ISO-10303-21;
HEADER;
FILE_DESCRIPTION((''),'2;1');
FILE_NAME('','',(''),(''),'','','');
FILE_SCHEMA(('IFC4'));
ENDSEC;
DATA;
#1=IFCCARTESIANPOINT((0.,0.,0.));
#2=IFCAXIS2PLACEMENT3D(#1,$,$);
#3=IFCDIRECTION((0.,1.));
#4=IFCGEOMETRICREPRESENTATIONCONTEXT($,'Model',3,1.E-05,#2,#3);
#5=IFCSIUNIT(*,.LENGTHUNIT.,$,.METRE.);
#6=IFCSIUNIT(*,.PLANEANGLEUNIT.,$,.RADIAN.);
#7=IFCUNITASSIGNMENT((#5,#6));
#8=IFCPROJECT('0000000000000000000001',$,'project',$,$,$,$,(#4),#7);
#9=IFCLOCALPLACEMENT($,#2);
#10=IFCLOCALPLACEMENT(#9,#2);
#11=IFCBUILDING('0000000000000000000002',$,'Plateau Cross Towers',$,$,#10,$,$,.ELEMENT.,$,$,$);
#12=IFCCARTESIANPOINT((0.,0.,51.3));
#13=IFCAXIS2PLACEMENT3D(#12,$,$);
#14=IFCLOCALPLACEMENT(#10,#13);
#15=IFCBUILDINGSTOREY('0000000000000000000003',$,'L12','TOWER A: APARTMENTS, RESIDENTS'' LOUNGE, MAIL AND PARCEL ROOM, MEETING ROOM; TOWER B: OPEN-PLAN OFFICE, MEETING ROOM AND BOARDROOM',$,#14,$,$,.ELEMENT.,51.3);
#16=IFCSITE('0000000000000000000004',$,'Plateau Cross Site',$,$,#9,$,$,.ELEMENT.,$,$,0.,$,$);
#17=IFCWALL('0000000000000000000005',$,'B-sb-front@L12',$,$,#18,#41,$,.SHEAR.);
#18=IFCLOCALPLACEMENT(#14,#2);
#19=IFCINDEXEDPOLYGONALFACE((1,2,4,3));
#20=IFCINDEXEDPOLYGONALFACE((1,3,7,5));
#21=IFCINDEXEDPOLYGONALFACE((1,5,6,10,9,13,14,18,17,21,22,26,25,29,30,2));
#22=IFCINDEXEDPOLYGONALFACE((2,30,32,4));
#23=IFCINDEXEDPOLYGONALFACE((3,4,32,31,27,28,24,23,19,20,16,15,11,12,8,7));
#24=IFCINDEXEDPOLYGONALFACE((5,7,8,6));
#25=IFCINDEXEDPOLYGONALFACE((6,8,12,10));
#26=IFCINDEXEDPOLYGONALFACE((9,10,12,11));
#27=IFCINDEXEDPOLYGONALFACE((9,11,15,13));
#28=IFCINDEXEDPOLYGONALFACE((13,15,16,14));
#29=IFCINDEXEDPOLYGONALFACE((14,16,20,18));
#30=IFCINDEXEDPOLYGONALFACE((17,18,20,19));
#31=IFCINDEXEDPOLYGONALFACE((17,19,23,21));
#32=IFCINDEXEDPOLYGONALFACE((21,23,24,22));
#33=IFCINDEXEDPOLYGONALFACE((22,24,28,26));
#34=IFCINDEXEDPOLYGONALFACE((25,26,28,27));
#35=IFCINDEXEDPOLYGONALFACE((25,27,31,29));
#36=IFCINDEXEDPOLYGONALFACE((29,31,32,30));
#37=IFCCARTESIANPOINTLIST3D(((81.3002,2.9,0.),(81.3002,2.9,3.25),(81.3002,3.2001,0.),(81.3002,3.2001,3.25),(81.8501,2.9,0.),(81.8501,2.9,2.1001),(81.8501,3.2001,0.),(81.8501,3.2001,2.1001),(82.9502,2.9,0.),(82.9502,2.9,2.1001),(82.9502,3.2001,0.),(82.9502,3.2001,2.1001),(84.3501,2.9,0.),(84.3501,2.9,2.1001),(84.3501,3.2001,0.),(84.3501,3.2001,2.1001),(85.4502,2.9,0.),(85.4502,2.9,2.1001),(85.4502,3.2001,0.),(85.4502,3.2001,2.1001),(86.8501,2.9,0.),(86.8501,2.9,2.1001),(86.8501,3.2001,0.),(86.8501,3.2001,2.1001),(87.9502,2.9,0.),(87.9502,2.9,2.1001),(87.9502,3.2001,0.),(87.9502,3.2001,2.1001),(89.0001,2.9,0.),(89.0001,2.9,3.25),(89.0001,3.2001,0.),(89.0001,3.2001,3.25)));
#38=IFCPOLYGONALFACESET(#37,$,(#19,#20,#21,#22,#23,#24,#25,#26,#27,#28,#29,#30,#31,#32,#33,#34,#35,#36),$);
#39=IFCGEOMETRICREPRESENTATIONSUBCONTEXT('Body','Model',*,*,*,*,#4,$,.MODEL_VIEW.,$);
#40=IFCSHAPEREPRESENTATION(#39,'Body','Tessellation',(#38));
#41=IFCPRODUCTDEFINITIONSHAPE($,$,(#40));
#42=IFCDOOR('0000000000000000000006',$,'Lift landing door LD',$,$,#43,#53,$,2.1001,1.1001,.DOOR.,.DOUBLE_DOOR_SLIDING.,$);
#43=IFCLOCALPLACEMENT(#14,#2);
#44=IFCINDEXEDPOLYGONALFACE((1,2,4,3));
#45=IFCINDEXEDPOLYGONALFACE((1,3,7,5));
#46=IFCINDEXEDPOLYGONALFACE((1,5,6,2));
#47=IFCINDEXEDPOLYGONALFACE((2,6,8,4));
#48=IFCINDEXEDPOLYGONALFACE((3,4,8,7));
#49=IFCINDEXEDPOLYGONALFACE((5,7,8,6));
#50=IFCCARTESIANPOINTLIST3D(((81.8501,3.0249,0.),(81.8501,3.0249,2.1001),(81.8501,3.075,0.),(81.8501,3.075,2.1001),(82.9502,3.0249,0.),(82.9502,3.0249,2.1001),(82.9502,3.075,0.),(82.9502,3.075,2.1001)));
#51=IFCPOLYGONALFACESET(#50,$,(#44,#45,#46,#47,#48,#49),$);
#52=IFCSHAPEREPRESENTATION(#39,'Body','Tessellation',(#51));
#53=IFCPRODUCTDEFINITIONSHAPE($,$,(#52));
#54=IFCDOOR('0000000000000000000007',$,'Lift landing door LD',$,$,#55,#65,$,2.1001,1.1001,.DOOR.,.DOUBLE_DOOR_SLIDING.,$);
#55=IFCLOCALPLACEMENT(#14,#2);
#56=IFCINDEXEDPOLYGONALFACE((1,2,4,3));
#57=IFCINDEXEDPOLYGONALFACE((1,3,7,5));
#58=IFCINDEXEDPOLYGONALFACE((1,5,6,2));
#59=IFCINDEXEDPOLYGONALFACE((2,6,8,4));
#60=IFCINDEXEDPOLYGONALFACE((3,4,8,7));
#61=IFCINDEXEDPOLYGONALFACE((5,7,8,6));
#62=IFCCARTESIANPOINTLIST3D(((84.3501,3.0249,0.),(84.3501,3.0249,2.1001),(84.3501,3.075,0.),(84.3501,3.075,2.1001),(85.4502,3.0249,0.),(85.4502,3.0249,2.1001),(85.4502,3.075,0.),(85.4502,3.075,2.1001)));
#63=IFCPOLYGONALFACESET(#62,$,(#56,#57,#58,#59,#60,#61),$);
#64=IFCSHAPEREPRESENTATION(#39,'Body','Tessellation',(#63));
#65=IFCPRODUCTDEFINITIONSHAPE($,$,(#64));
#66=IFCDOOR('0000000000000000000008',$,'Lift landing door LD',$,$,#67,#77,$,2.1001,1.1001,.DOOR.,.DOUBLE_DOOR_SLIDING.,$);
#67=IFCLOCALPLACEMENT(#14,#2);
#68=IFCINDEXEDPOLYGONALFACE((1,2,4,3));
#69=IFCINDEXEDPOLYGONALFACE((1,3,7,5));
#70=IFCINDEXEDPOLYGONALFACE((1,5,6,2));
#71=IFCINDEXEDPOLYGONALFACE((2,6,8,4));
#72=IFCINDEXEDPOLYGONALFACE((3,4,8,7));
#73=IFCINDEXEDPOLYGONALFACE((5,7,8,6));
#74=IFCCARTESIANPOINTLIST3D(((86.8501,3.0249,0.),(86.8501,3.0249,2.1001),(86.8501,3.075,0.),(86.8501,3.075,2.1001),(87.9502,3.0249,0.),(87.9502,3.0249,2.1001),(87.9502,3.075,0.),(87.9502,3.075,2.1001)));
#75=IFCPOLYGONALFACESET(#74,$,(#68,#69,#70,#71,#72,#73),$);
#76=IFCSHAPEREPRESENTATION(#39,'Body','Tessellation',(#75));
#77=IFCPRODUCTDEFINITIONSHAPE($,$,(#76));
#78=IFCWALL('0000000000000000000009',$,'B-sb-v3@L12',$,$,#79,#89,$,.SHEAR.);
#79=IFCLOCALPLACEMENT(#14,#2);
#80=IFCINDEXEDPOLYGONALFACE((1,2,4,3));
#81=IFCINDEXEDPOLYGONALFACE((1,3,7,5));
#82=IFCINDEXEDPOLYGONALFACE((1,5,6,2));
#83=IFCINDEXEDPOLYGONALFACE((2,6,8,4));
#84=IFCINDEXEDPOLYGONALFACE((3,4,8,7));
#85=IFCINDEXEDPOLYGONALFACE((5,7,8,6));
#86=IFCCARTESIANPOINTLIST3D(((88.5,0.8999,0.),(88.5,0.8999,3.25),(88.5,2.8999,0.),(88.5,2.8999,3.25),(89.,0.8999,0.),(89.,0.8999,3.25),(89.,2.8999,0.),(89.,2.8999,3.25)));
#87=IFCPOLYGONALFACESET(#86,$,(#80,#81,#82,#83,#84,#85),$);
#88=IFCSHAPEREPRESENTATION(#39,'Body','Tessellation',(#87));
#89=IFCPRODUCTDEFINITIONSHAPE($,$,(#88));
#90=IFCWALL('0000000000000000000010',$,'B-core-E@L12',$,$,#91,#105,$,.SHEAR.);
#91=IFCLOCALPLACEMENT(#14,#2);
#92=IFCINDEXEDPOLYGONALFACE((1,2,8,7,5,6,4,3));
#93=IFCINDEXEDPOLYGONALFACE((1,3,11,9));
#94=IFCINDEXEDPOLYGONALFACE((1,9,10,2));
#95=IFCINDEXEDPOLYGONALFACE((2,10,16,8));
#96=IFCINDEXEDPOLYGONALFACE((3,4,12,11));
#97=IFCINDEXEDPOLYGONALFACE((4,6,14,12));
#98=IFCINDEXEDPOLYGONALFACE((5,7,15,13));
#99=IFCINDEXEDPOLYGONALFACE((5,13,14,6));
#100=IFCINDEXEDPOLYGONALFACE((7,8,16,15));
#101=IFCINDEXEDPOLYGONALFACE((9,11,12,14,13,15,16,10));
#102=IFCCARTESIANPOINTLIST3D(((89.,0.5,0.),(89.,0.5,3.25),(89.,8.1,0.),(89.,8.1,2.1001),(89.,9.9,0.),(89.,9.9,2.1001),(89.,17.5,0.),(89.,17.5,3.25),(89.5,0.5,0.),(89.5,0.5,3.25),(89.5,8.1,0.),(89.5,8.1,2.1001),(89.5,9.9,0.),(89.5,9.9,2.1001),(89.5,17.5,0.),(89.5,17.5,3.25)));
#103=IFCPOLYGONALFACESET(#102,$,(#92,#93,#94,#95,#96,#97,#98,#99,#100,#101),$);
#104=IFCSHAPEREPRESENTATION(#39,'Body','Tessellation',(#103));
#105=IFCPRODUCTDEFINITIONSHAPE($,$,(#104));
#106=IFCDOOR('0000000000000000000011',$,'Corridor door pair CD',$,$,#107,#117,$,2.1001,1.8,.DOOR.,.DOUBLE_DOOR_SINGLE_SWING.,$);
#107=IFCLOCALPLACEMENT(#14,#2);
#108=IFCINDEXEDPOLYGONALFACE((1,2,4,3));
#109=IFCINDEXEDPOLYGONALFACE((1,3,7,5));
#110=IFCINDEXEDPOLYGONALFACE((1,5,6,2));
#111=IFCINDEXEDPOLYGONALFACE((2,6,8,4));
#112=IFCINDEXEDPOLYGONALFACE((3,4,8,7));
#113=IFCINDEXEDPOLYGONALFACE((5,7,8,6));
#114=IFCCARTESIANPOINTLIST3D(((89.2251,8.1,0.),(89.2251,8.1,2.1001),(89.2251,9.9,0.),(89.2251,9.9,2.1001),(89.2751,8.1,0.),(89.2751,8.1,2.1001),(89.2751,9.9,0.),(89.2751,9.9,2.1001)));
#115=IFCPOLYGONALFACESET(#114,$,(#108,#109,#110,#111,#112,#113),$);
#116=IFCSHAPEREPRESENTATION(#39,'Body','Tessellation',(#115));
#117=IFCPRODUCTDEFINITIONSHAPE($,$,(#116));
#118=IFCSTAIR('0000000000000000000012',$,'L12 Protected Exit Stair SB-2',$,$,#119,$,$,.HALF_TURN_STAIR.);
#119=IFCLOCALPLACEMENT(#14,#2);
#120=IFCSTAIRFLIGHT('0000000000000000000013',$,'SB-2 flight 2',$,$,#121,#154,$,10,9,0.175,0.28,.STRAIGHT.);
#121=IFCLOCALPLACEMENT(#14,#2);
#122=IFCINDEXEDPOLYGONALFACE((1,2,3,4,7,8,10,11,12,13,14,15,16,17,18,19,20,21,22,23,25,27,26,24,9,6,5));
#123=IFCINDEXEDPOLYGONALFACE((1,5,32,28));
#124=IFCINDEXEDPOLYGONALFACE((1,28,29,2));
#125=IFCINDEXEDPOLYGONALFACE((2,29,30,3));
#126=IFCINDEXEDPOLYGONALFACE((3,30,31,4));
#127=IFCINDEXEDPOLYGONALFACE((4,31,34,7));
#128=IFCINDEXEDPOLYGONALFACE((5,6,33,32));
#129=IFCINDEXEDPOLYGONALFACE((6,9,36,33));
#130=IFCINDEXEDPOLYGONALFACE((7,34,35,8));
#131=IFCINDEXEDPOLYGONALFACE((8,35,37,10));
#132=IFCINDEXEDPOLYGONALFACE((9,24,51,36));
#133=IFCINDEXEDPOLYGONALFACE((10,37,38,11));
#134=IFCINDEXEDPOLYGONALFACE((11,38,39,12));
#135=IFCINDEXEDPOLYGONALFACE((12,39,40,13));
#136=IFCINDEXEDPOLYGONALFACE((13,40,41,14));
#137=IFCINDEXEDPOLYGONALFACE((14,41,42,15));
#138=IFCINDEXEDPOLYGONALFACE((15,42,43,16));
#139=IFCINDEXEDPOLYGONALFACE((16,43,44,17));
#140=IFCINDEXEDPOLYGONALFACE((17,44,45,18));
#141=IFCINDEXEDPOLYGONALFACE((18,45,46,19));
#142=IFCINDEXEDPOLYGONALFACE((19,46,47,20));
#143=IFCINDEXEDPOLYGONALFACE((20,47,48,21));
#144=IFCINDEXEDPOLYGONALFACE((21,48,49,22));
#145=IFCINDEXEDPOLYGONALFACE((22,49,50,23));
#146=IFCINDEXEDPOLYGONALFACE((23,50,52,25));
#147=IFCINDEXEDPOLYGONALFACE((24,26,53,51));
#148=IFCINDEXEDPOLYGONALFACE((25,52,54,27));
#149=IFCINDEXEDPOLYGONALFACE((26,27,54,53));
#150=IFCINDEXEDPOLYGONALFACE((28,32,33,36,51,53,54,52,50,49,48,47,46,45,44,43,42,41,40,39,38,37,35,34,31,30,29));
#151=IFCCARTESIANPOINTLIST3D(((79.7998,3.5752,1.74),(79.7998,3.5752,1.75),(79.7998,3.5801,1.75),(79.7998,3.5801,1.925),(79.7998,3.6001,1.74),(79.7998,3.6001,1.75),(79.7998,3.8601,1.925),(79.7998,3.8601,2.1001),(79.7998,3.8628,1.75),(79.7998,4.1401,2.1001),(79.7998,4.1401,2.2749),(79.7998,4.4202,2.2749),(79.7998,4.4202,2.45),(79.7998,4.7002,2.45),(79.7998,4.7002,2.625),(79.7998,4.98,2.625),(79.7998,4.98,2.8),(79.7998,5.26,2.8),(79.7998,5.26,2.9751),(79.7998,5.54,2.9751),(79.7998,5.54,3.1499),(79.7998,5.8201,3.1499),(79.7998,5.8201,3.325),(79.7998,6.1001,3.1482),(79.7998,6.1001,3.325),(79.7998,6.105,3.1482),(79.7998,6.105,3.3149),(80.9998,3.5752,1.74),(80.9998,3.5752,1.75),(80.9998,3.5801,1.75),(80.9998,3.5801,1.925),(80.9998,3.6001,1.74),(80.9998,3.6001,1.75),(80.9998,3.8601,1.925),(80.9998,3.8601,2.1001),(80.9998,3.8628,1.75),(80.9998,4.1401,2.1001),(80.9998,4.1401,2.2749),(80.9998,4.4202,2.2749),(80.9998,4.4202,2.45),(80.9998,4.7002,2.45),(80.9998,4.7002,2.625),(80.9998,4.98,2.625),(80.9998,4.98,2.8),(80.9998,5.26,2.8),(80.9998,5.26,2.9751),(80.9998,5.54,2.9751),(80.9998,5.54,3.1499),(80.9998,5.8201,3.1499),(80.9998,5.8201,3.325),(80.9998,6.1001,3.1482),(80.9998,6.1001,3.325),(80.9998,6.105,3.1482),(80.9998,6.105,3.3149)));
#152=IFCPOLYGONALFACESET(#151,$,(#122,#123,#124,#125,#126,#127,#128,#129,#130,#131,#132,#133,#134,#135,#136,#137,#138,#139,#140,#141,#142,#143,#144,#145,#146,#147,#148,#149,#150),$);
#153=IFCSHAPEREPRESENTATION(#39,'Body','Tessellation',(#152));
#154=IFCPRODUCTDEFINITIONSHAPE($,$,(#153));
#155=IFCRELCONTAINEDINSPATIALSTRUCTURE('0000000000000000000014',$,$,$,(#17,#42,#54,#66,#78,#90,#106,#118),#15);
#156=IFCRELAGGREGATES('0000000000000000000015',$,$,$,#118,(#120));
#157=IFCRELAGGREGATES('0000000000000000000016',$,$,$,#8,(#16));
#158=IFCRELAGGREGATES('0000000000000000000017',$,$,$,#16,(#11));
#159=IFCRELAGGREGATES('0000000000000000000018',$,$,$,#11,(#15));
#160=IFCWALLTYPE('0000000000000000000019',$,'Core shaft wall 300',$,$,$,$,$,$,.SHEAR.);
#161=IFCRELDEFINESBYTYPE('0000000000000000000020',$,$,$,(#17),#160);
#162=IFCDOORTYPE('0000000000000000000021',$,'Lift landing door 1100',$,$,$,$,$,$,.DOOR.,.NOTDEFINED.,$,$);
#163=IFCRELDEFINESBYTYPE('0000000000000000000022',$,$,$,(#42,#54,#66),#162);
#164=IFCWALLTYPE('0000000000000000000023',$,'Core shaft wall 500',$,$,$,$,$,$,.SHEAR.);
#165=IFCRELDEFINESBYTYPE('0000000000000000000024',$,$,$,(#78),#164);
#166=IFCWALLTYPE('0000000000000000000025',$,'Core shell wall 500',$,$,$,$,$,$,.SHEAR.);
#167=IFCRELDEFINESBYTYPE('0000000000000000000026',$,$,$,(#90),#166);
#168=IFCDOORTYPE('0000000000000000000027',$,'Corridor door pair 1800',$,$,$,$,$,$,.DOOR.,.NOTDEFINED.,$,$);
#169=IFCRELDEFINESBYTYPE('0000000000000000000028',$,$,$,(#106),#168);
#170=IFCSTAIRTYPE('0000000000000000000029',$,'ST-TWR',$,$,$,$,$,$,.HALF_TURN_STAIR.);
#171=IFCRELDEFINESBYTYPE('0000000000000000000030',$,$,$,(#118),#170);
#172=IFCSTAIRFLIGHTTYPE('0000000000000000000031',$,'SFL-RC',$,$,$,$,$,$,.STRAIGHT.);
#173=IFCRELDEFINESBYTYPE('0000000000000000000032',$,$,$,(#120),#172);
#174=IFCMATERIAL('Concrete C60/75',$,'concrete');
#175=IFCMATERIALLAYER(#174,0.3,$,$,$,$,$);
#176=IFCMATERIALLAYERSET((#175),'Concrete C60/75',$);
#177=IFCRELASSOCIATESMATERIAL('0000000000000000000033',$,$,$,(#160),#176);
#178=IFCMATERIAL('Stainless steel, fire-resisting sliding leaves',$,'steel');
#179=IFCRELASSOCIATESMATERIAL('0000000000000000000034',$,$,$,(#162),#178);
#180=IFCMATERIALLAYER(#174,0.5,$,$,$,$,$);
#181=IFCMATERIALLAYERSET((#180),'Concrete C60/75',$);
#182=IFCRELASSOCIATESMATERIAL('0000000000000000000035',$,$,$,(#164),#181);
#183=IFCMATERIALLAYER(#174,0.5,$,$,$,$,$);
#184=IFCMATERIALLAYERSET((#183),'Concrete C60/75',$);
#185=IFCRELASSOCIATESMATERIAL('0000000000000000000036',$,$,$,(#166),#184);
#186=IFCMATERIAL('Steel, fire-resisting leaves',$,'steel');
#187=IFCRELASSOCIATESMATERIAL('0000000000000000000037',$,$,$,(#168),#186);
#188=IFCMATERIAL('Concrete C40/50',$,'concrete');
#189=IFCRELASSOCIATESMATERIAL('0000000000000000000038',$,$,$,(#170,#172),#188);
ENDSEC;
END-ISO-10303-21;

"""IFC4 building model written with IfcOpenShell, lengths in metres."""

from ifc_helpers import new_model, si_unit, direction, frame, frame_2d, origin, place, context, subcontext, project, spatial, polyline, rectangle, outline, extrude, material, layer, layer_set, type_object, element, fill, aggregate, save


model = new_model("IFC4")

# Units and contexts
model_context = context("Model", 3, precision=1e-05, world=origin(), true_north=direction((0.0, 1.0)))
body_context = subcontext(model_context, "Body", "Model", "MODEL_VIEW")
ifc_project = project(units=[si_unit("LENGTHUNIT", "METRE"), si_unit("PLANEANGLEUNIT", "RADIAN")], contexts=[model_context])

# Site, building, storey
site_placement = place(None, origin())
site = spatial("IfcSite", under=ifc_project, at=site_placement, Name="Plateau Cross Site", CompositionType="ELEMENT", RefElevation=0.0)
building_placement = place(site_placement, origin())
building = spatial("IfcBuilding", under=site, at=building_placement, Name="Plateau Cross Towers", CompositionType="ELEMENT")
storey_placement = place(building_placement, frame((0.0, 0.0, 51.3)))
storey = spatial("IfcBuildingStorey", under=building, at=storey_placement, Name="L12", Description="TOWER A: APARTMENTS, RESIDENTS' LOUNGE, MAIL AND PARCEL ROOM, MEETING ROOM; TOWER B: OPEN-PLAN OFFICE, MEETING ROOM AND BOARDROOM", CompositionType="ELEMENT", Elevation=51.3)

# Shared definitions
ifc_material_1 = material(Name="Concrete C60/75", Category="concrete")

# Shared definitions
ifc_layer_1 = layer(ifc_material_1, 0.3)
ifc_layer_set_1 = layer_set([ifc_layer_1], Name="Concrete C60/75")
wall_type_1 = type_object("IfcWallType", Name="Core shaft wall 300", PredefinedType="SHEAR", material=ifc_layer_set_1)

# Wall, openings, doors
wall_1_placement = place(storey_placement, frame((81.3, 3.05, 0.0), z_axis=(0.0, 0.0, 1.0), x_axis=(1.0, 0.0, 0.0)))
wall_1 = element("IfcWall", 1, at=wall_1_placement, inside=storey, type_object=wall_type_1, Name="B-sb-front@L12", PredefinedType="SHEAR", context=body_context, shape_type="SweptSolid", body=[
    extrude(rectangle(XDim=7.7, YDim=0.3, at=frame_2d((3.8501, 0.0))), origin(), (0.0, 0.0, 1.0), 3.25),
])
opening_1_placement = place(wall_1_placement, frame((0.55, 0.0, 0.0)))
opening_1 = element("IfcOpeningElement", 2, at=opening_1_placement, cuts=wall_1, PredefinedType="OPENING", context=body_context, shape_type="SweptSolid", body=[
    extrude(rectangle(XDim=1.1001, YDim=2.1001, at=frame_2d((0.55, 1.05))), frame((0.0, 0.1599, 0.0), z_axis=(0.0, -1.0, 0.0), x_axis=(1.0, 0.0, 0.0)), (0.0, 0.0, 1.0), 0.3201),
])
opening_2_placement = place(wall_1_placement, frame((3.05, 0.0, 0.0)))
opening_2 = element("IfcOpeningElement", 3, at=opening_2_placement, cuts=wall_1, PredefinedType="OPENING", context=body_context, shape_type="SweptSolid", body=[
    extrude(rectangle(XDim=1.1001, YDim=2.1001, at=frame_2d((0.55, 1.05))), frame((0.0, 0.1599, 0.0), z_axis=(0.0, -1.0, 0.0), x_axis=(1.0, 0.0, 0.0)), (0.0, 0.0, 1.0), 0.3201),
])
opening_3_placement = place(wall_1_placement, frame((5.55, 0.0, 0.0)))
opening_3 = element("IfcOpeningElement", 4, at=opening_3_placement, cuts=wall_1, PredefinedType="OPENING", context=body_context, shape_type="SweptSolid", body=[
    extrude(rectangle(XDim=1.1001, YDim=2.1001, at=frame_2d((0.55, 1.05))), frame((0.0, 0.1599, 0.0), z_axis=(0.0, -1.0, 0.0), x_axis=(1.0, 0.0, 0.0)), (0.0, 0.0, 1.0), 0.3201),
])
ifc_material_2 = material(Name="Stainless steel, fire-resisting sliding leaves", Category="steel")
door_type_1 = type_object("IfcDoorType", Name="Lift landing door 1100", OperationType="NOTDEFINED", PredefinedType="DOOR", material=ifc_material_2)
door_1_placement = place(opening_1_placement, origin())
door_1 = element("IfcDoor", 5, at=door_1_placement, inside=storey, type_object=door_type_1, Name="Lift landing door LD", OperationType="DOUBLE_DOOR_SLIDING", OverallHeight=2.1001, OverallWidth=1.1001, PredefinedType="DOOR", context=body_context, shape_type="SweptSolid", body=[
    extrude(rectangle(XDim=1.1001, YDim=2.1001, at=frame_2d((0.55, 1.05))), frame((0.0, 0.0249, 0.0), z_axis=(0.0, -1.0, 0.0), x_axis=(1.0, 0.0, 0.0)), (0.0, 0.0, 1.0), 0.05),
])
fill(opening_1, door_1)
door_2_placement = place(opening_2_placement, origin())
door_2 = element("IfcDoor", 6, at=door_2_placement, inside=storey, type_object=door_type_1, Name="Lift landing door LD", OperationType="DOUBLE_DOOR_SLIDING", OverallHeight=2.1001, OverallWidth=1.1001, PredefinedType="DOOR", context=body_context, shape_type="SweptSolid", body=[
    extrude(rectangle(XDim=1.1001, YDim=2.1001, at=frame_2d((0.55, 1.05))), frame((0.0, 0.0249, 0.0), z_axis=(0.0, -1.0, 0.0), x_axis=(1.0, 0.0, 0.0)), (0.0, 0.0, 1.0), 0.05),
])
fill(opening_2, door_2)
door_3_placement = place(opening_3_placement, origin())
door_3 = element("IfcDoor", 7, at=door_3_placement, inside=storey, type_object=door_type_1, Name="Lift landing door LD", OperationType="DOUBLE_DOOR_SLIDING", OverallHeight=2.1001, OverallWidth=1.1001, PredefinedType="DOOR", context=body_context, shape_type="SweptSolid", body=[
    extrude(rectangle(XDim=1.1001, YDim=2.1001, at=frame_2d((0.55, 1.05))), frame((0.0, 0.0249, 0.0), z_axis=(0.0, -1.0, 0.0), x_axis=(1.0, 0.0, 0.0)), (0.0, 0.0, 1.0), 0.05),
])
fill(opening_3, door_3)

# Wall
ifc_layer_2 = layer(ifc_material_1, 0.5)
ifc_layer_set_2 = layer_set([ifc_layer_2], Name="Concrete C60/75")
wall_type_2 = type_object("IfcWallType", Name="Core shaft wall 500", PredefinedType="SHEAR", material=ifc_layer_set_2)
wall_2_placement = place(storey_placement, frame((88.75, 0.8999, 0.0), z_axis=(0.0, 0.0, 1.0), x_axis=(0.0, 1.0, 0.0)))
element("IfcWall", 8, at=wall_2_placement, inside=storey, type_object=wall_type_2, Name="B-sb-v3@L12", PredefinedType="SHEAR", context=body_context, shape_type="SweptSolid", body=[
    extrude(rectangle(XDim=2.0, YDim=0.5, at=frame_2d((1.0, 0.0))), origin(), (0.0, 0.0, 1.0), 3.25),
])

# Wall, opening, door
ifc_layer_3 = layer(ifc_material_1, 0.5)
ifc_layer_set_3 = layer_set([ifc_layer_3], Name="Concrete C60/75")
wall_type_3 = type_object("IfcWallType", Name="Core shell wall 500", PredefinedType="SHEAR", material=ifc_layer_set_3)
wall_3_placement = place(storey_placement, frame((89.25, 0.5, 0.0), z_axis=(0.0, 0.0, 1.0), x_axis=(0.0, 1.0, 0.0)))
wall_3 = element("IfcWall", 9, at=wall_3_placement, inside=storey, type_object=wall_type_3, Name="B-core-E@L12", PredefinedType="SHEAR", context=body_context, shape_type="SweptSolid", body=[
    extrude(rectangle(XDim=17.0, YDim=0.5, at=frame_2d((8.5, 0.0))), origin(), (0.0, 0.0, 1.0), 3.25),
])
opening_4_placement = place(wall_3_placement, frame((7.6001, 0.0, 0.0)))
opening_4 = element("IfcOpeningElement", 10, at=opening_4_placement, cuts=wall_3, PredefinedType="OPENING", context=body_context, shape_type="SweptSolid", body=[
    extrude(rectangle(XDim=1.8, YDim=2.1001, at=frame_2d((0.8999, 1.05))), frame((0.0, 0.26, 0.0), z_axis=(0.0, -1.0, 0.0), x_axis=(1.0, 0.0, 0.0)), (0.0, 0.0, 1.0), 0.52),
])
ifc_material_3 = material(Name="Steel, fire-resisting leaves", Category="steel")
door_type_2 = type_object("IfcDoorType", Name="Corridor door pair 1800", OperationType="NOTDEFINED", PredefinedType="DOOR", material=ifc_material_3)
door_4_placement = place(opening_4_placement, origin())
door_4 = element("IfcDoor", 11, at=door_4_placement, inside=storey, type_object=door_type_2, Name="Corridor door pair CD", OperationType="DOUBLE_DOOR_SINGLE_SWING", OverallHeight=2.1001, OverallWidth=1.8, PredefinedType="DOOR", context=body_context, shape_type="SweptSolid", body=[
    extrude(rectangle(XDim=1.8, YDim=2.1001, at=frame_2d((0.8999, 1.05))), frame((0.0, 0.0249, 0.0), z_axis=(0.0, -1.0, 0.0), x_axis=(1.0, 0.0, 0.0)), (0.0, 0.0, 1.0), 0.05),
])
fill(opening_4, door_4)

# Stair, stair flight
ifc_material_4 = material(Name="Concrete C40/50", Category="concrete")
stair_type = type_object("IfcStairType", Name="ST-TWR", PredefinedType="HALF_TURN_STAIR", material=ifc_material_4)
stair_placement = place(storey_placement, origin())
stair = element("IfcStair", 12, at=stair_placement, inside=storey, type_object=stair_type, Name="L12 Protected Exit Stair SB-2", PredefinedType="HALF_TURN_STAIR")
stair_flight_type = type_object("IfcStairFlightType", Name="SFL-RC", PredefinedType="STRAIGHT", material=ifc_material_4)
stair_flight_placement = place(storey_placement, frame((80.3999, 3.5801, 1.75), z_axis=(0.0, 0.0, 1.0), x_axis=(0.0, 1.0, 0.0)))
stair_flight = element("IfcStairFlight", 13, at=stair_flight_placement, type_object=stair_flight_type, Name="SB-2 flight 2", NumberOfRisers=10, NumberOfTreads=9, PredefinedType="STRAIGHT", RiserHeight=0.175, TreadLength=0.28, context=body_context, shape_type="SweptSolid", body=[
    extrude(outline(polyline([(-0.0049, -0.01), (-0.0049, 0.0), (0.0, 0.0), (0.0, 0.175), (0.28, 0.175), (0.28, 0.3501), (0.5601, 0.3501), (0.5601, 0.5249), (0.8401, 0.5249), (0.8401, 0.7), (1.1201, 0.7), (1.1201, 0.875), (1.3999, 0.875), (1.3999, 1.05), (1.6799, 1.05), (1.6799, 1.2251), (1.96, 1.2251), (1.96, 1.3999), (2.24, 1.3999), (2.24, 1.575), (2.52, 1.575), (2.5249, 1.5649), (2.5249, 1.3982), (2.52, 1.3982), (0.2827, 0.0), (0.02, 0.0), (0.02, -0.01), (-0.0049, -0.01)])), frame((0.0, 0.6001, 0.0), z_axis=(0.0, -1.0, 0.0), x_axis=(1.0, 0.0, 0.0)), (0.0, 0.0, 1.0), 1.2),
])
aggregate(stair, [stair_flight])

save(model, "model.ifc")
